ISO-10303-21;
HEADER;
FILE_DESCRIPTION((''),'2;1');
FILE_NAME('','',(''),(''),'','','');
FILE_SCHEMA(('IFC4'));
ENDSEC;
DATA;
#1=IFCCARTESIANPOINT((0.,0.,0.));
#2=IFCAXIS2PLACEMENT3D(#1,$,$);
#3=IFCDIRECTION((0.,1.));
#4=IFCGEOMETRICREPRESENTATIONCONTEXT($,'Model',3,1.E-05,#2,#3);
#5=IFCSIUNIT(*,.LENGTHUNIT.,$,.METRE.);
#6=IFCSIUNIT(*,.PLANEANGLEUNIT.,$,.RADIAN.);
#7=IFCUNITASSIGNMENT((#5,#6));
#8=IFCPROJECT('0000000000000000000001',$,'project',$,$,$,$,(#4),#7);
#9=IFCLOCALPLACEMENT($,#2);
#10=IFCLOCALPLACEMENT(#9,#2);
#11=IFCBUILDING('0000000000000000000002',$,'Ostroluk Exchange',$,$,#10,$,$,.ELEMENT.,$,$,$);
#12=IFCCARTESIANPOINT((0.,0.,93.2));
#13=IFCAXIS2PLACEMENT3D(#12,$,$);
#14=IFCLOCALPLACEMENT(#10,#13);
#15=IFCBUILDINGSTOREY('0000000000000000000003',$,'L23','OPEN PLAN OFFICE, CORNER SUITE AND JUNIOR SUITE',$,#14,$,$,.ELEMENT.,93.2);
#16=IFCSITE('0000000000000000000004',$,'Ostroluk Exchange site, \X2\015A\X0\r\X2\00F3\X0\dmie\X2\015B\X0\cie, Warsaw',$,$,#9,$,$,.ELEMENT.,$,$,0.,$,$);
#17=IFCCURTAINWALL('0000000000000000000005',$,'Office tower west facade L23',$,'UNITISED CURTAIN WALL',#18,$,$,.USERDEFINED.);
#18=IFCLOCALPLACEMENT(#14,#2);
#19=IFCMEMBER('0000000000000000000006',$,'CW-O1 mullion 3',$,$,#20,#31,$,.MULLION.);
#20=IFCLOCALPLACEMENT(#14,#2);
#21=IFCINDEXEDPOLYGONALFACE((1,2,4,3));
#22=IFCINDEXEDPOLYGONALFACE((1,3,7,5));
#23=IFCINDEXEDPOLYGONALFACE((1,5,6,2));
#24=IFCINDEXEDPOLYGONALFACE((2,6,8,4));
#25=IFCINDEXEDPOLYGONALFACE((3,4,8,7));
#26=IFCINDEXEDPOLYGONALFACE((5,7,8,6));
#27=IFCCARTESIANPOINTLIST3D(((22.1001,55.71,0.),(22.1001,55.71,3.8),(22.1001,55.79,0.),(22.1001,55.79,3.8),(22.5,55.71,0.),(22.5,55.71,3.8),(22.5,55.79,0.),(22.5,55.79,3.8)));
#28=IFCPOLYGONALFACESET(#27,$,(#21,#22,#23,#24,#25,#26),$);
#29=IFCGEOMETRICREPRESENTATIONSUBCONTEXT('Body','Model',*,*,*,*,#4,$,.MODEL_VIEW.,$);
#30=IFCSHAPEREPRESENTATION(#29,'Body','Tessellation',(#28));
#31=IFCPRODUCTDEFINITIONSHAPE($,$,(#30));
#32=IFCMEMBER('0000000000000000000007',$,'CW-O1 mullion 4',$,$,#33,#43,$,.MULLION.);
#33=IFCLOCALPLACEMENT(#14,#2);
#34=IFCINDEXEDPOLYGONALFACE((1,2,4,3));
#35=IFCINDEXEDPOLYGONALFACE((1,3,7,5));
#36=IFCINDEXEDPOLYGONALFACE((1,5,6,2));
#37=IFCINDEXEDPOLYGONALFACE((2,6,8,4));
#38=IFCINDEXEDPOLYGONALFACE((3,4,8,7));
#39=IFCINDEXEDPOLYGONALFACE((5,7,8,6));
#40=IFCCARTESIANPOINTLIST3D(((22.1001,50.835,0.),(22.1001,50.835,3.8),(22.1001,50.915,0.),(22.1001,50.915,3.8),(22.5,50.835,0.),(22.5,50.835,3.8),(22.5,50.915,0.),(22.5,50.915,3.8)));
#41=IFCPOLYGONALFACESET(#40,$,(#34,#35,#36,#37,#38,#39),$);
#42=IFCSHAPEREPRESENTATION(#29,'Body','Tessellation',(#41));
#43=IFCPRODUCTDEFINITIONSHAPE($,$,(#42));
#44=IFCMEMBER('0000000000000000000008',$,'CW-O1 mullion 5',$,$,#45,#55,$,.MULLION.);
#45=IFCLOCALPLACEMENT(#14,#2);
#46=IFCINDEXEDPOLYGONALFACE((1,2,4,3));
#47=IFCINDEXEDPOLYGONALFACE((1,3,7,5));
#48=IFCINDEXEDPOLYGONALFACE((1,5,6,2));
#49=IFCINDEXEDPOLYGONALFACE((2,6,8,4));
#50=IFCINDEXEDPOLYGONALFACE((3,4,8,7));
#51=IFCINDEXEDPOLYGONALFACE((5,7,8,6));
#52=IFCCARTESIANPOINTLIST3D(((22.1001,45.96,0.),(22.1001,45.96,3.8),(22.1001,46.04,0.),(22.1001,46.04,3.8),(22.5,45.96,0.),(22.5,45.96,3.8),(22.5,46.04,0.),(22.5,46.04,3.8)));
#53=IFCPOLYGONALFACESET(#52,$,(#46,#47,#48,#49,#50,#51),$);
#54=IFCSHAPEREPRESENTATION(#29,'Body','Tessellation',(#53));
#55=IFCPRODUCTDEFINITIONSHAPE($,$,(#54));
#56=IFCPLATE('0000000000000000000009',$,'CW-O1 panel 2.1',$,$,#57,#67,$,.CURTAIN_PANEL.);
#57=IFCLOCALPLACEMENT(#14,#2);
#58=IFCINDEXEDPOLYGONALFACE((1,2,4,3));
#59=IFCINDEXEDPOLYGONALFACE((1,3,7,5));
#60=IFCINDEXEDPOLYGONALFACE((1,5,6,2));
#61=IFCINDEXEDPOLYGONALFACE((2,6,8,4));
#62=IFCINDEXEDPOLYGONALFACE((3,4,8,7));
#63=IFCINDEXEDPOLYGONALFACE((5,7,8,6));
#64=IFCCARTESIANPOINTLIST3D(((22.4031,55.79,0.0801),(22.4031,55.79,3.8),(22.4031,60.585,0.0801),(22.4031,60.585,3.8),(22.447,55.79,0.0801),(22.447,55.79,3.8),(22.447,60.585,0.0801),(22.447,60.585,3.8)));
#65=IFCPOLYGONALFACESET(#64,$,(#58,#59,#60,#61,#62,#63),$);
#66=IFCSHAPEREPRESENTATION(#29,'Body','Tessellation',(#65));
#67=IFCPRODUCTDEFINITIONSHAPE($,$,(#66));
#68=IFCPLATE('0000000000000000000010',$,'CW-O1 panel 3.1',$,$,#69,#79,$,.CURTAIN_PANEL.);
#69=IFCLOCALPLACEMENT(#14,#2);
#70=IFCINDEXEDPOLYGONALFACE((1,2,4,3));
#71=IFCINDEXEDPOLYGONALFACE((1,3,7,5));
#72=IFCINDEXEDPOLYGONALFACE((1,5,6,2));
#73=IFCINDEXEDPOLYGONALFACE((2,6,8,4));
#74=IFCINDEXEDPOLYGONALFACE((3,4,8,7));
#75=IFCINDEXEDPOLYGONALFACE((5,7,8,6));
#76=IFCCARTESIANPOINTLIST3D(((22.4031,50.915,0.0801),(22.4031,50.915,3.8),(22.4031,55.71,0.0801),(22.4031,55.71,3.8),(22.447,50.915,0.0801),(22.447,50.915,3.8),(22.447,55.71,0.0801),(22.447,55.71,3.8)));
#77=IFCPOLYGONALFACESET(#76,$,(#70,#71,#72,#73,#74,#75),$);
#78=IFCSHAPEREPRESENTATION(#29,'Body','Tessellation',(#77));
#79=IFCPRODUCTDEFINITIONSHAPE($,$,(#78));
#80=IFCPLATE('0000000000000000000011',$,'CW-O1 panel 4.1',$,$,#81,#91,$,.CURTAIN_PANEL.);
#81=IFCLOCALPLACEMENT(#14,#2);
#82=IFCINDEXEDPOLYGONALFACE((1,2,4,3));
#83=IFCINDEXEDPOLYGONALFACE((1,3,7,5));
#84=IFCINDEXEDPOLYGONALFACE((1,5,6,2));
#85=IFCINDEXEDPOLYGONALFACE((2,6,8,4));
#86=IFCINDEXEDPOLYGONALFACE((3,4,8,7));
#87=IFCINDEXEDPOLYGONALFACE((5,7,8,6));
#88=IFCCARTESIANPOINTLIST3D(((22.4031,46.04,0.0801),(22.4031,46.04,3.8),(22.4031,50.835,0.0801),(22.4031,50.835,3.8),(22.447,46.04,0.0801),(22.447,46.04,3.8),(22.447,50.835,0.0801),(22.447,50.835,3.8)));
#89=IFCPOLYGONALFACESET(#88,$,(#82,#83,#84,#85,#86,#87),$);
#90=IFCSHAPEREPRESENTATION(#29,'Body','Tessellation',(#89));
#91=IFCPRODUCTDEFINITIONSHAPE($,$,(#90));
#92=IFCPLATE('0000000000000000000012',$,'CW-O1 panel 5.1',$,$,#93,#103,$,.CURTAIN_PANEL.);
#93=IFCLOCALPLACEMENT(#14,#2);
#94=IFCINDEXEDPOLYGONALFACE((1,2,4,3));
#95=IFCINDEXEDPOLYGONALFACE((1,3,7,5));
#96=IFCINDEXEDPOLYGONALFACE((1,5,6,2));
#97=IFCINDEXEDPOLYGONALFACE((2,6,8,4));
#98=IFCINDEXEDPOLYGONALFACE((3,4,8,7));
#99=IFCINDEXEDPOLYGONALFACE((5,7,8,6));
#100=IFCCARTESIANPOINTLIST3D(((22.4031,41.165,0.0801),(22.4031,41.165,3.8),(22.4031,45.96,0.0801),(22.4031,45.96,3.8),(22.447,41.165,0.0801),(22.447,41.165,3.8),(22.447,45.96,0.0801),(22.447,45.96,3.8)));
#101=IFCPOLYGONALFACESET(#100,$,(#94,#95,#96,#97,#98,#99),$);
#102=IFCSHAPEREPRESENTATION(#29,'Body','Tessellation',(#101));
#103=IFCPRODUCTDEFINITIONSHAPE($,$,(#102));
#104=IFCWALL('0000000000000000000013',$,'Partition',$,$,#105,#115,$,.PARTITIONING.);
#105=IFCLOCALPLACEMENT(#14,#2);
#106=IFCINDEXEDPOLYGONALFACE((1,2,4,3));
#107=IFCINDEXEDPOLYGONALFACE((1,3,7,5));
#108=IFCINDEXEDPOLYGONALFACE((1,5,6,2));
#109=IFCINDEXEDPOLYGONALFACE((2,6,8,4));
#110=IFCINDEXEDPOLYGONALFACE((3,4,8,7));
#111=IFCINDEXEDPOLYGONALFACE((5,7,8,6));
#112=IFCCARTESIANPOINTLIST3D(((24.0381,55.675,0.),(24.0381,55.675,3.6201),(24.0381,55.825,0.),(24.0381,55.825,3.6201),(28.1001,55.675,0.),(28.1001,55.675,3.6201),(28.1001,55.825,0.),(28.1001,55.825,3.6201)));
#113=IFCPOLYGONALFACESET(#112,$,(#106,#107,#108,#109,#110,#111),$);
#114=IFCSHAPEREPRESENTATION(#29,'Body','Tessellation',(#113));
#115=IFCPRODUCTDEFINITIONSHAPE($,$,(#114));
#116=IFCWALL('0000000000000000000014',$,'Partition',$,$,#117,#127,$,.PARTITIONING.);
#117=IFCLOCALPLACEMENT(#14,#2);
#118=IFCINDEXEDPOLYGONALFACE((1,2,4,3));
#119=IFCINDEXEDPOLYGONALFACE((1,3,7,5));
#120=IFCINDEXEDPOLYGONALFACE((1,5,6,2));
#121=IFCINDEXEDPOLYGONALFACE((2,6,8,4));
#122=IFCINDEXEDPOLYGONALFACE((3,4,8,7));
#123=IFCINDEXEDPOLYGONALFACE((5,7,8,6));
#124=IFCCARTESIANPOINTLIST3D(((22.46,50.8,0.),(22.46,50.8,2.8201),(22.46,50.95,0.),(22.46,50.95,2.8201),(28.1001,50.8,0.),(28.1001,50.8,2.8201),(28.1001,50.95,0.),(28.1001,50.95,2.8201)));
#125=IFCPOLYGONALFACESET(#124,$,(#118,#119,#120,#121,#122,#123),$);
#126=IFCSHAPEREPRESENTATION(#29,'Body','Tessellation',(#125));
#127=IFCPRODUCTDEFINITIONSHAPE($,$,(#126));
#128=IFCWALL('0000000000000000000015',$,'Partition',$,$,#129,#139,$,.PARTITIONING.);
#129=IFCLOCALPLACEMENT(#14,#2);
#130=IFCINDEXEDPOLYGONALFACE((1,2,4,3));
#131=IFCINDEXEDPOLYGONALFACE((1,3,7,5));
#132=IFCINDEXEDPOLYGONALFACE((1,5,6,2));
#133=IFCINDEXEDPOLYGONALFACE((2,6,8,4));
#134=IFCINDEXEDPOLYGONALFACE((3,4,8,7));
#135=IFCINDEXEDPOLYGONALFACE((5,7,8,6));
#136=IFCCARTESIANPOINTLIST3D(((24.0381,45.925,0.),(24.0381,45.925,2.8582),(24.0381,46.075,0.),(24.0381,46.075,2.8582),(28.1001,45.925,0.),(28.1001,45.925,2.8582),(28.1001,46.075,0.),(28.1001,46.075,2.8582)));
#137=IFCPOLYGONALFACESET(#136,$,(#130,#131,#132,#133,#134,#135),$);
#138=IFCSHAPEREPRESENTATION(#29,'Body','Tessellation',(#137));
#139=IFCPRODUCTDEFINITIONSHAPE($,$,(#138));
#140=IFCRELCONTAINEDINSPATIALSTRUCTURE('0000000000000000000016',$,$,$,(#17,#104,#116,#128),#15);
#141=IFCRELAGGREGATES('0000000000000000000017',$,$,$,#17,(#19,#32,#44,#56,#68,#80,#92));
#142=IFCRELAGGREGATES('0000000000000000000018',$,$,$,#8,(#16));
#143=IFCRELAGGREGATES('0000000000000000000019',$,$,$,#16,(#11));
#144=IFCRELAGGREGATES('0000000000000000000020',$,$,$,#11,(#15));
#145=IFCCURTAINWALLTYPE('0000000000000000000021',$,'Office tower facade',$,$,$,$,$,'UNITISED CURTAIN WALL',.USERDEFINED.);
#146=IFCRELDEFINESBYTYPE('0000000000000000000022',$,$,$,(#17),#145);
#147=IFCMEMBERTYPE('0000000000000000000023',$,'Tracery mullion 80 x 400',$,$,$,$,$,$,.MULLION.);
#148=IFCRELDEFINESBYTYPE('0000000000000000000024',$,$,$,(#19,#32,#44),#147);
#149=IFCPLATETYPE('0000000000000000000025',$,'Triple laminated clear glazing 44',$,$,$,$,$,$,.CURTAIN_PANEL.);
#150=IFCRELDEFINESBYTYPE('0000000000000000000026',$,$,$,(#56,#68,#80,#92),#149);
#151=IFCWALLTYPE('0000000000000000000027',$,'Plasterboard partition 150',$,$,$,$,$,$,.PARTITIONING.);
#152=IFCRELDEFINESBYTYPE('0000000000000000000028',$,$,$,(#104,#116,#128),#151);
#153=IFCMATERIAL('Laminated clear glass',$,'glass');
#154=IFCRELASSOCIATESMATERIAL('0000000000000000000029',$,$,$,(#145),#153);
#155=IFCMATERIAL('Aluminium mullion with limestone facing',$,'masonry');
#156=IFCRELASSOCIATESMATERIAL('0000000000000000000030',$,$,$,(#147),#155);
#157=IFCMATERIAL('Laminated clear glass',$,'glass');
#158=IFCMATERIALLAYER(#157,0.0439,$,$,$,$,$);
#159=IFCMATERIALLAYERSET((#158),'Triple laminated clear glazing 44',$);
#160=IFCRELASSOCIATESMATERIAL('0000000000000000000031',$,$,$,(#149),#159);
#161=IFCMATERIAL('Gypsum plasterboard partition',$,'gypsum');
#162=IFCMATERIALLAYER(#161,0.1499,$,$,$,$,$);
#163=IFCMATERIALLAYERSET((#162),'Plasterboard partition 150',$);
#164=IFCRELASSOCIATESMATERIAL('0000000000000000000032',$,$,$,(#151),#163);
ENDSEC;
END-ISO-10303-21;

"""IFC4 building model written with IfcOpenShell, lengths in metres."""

from ifc_helpers import new_model, si_unit, direction, frame, frame_2d, origin, origin_2d, place, context, subcontext, project, spatial, rectangle, extrude, material, layer, layer_set, material_profile, profile_set, type_object, element, aggregate, save


model = new_model("IFC4")

# Units and contexts
model_context = context("Model", 3, precision=1e-05, world=origin(), true_north=direction((0.0, 1.0)))
body_context = subcontext(model_context, "Body", "Model", "MODEL_VIEW")
ifc_project = project(units=[si_unit("LENGTHUNIT", "METRE"), si_unit("PLANEANGLEUNIT", "RADIAN")], contexts=[model_context])

# Site, building, storey
site_placement = place(None, origin())
site = spatial("IfcSite", under=ifc_project, at=site_placement, Name="Ostroluk Exchange site, Śródmieście, Warsaw", CompositionType="ELEMENT", RefElevation=0.0)
building_placement = place(site_placement, origin())
building = spatial("IfcBuilding", under=site, at=building_placement, Name="Ostroluk Exchange", CompositionType="ELEMENT")
storey_placement = place(building_placement, frame((0.0, 0.0, 93.2)))
storey = spatial("IfcBuildingStorey", under=building, at=storey_placement, Name="L23", Description="OPEN PLAN OFFICE, CORNER SUITE AND JUNIOR SUITE", CompositionType="ELEMENT", Elevation=93.2)

# Curtain wall, members, plates
ifc_material_1 = material(Name="Laminated clear glass", Category="glass")
curtain_wall_type = type_object("IfcCurtainWallType", Name="Office tower facade", ElementType="UNITISED CURTAIN WALL", PredefinedType="USERDEFINED", material=ifc_material_1)
curtain_wall_placement = place(storey_placement, origin())
curtain_wall = element("IfcCurtainWall", 1, at=curtain_wall_placement, inside=storey, type_object=curtain_wall_type, Name="Office tower west facade L23", ObjectType="UNITISED CURTAIN WALL", PredefinedType="USERDEFINED")
ifc_material_2 = material(Name="Aluminium mullion with limestone facing", Category="masonry")
ifc_material_profile_1 = material_profile(ifc_material_2, rectangle(XDim=0.3999, YDim=0.0801, at=origin_2d()), Name="Tracery mullion 80 x 400")
ifc_profile_set_1 = profile_set([ifc_material_profile_1], Name="Aluminium mullion with limestone facing")
member_type_1 = type_object("IfcMemberType", Name="Tracery mullion 80 x 400", PredefinedType="MULLION", material=ifc_profile_set_1)
member_1_placement = place(storey_placement, frame((22.3, 55.75, 0.0), z_axis=(0.0, 0.0, 1.0), x_axis=(1.0, 0.0, 0.0)))
member_1 = element("IfcMember", 2, at=member_1_placement, type_object=member_type_1, Name="CW-O1 mullion 3", PredefinedType="MULLION", context=body_context, shape_type="SweptSolid", body=[
    extrude(rectangle(XDim=0.3999, YDim=0.0801, at=origin_2d()), origin(), (0.0, 0.0, 1.0), 3.8),
])
member_2_placement = place(storey_placement, frame((22.3, 50.875, 0.0), z_axis=(0.0, 0.0, 1.0), x_axis=(1.0, 0.0, 0.0)))
member_2 = element("IfcMember", 3, at=member_2_placement, type_object=member_type_1, Name="CW-O1 mullion 4", PredefinedType="MULLION", context=body_context, shape_type="SweptSolid", body=[
    extrude(rectangle(XDim=0.3999, YDim=0.0801, at=origin_2d()), origin(), (0.0, 0.0, 1.0), 3.8),
])
member_3_placement = place(storey_placement, frame((22.3, 46.0, 0.0), z_axis=(0.0, 0.0, 1.0), x_axis=(1.0, 0.0, 0.0)))
member_3 = element("IfcMember", 4, at=member_3_placement, type_object=member_type_1, Name="CW-O1 mullion 5", PredefinedType="MULLION", context=body_context, shape_type="SweptSolid", body=[
    extrude(rectangle(XDim=0.3999, YDim=0.0801, at=origin_2d()), origin(), (0.0, 0.0, 1.0), 3.8),
])
ifc_material_3 = material(Name="Laminated clear glass", Category="glass")
ifc_layer_1 = layer(ifc_material_3, 0.0439)
ifc_layer_set_1 = layer_set([ifc_layer_1], Name="Triple laminated clear glazing 44")
plate_type = type_object("IfcPlateType", Name="Triple laminated clear glazing 44", PredefinedType="CURTAIN_PANEL", material=ifc_layer_set_1)
plate_1_placement = place(storey_placement, frame((22.425, 58.1875, 0.0801), z_axis=(0.0, 0.0, 1.0), x_axis=(0.0, -1.0, 0.0)))
plate_1 = element("IfcPlate", 5, at=plate_1_placement, type_object=plate_type, Name="CW-O1 panel 2.1", PredefinedType="CURTAIN_PANEL", context=body_context, shape_type="SweptSolid", body=[
    extrude(rectangle(XDim=4.7949, YDim=0.0439, at=origin_2d()), origin(), (0.0, 0.0, 1.0), 3.72),
])
plate_2_placement = place(storey_placement, frame((22.425, 53.3125, 0.0801), z_axis=(0.0, 0.0, 1.0), x_axis=(0.0, -1.0, 0.0)))
plate_2 = element("IfcPlate", 6, at=plate_2_placement, type_object=plate_type, Name="CW-O1 panel 3.1", PredefinedType="CURTAIN_PANEL", context=body_context, shape_type="SweptSolid", body=[
    extrude(rectangle(XDim=4.7949, YDim=0.0439, at=origin_2d()), origin(), (0.0, 0.0, 1.0), 3.72),
])
plate_3_placement = place(storey_placement, frame((22.425, 48.4375, 0.0801), z_axis=(0.0, 0.0, 1.0), x_axis=(0.0, -1.0, 0.0)))
plate_3 = element("IfcPlate", 7, at=plate_3_placement, type_object=plate_type, Name="CW-O1 panel 4.1", PredefinedType="CURTAIN_PANEL", context=body_context, shape_type="SweptSolid", body=[
    extrude(rectangle(XDim=4.7949, YDim=0.0439, at=origin_2d()), origin(), (0.0, 0.0, 1.0), 3.72),
])
plate_4_placement = place(storey_placement, frame((22.425, 43.5625, 0.0801), z_axis=(0.0, 0.0, 1.0), x_axis=(0.0, -1.0, 0.0)))
plate_4 = element("IfcPlate", 8, at=plate_4_placement, type_object=plate_type, Name="CW-O1 panel 5.1", PredefinedType="CURTAIN_PANEL", context=body_context, shape_type="SweptSolid", body=[
    extrude(rectangle(XDim=4.7949, YDim=0.0439, at=origin_2d()), origin(), (0.0, 0.0, 1.0), 3.72),
])
aggregate(curtain_wall, [member_1, member_2, member_3, plate_1, plate_2, plate_3, plate_4])

# Walls
ifc_material_4 = material(Name="Gypsum plasterboard partition", Category="gypsum")
ifc_layer_2 = layer(ifc_material_4, 0.1499)
ifc_layer_set_2 = layer_set([ifc_layer_2], Name="Plasterboard partition 150")
wall_type = type_object("IfcWallType", Name="Plasterboard partition 150", PredefinedType="PARTITIONING", material=ifc_layer_set_2)
wall_1_placement = place(storey_placement, frame((28.1001, 55.75, 0.0), z_axis=(0.0, 0.0, 1.0), x_axis=(-1.0, 0.0, 0.0)))
element("IfcWall", 9, at=wall_1_placement, inside=storey, type_object=wall_type, Name="Partition", PredefinedType="PARTITIONING", context=body_context, shape_type="SweptSolid", body=[
    extrude(rectangle(XDim=4.062, YDim=0.1499, at=frame_2d((2.031, 0.0))), origin(), (0.0, 0.0, 1.0), 3.6201),
])
wall_2_placement = place(storey_placement, frame((28.1001, 50.875, 0.0), z_axis=(0.0, 0.0, 1.0), x_axis=(-1.0, 0.0, 0.0)))
element("IfcWall", 10, at=wall_2_placement, inside=storey, type_object=wall_type, Name="Partition", PredefinedType="PARTITIONING", context=body_context, shape_type="SweptSolid", body=[
    extrude(rectangle(XDim=5.6401, YDim=0.1499, at=frame_2d((2.8201, 0.0))), origin(), (0.0, 0.0, 1.0), 2.8201),
])
wall_3_placement = place(storey_placement, frame((28.1001, 46.0, 0.0), z_axis=(0.0, 0.0, 1.0), x_axis=(-1.0, 0.0, 0.0)))
element("IfcWall", 11, at=wall_3_placement, inside=storey, type_object=wall_type, Name="Partition", PredefinedType="PARTITIONING", context=body_context, shape_type="SweptSolid", body=[
    extrude(rectangle(XDim=4.062, YDim=0.1499, at=frame_2d((2.031, 0.0))), origin(), (0.0, 0.0, 1.0), 2.8582),
])

save(model, "model.ifc")
